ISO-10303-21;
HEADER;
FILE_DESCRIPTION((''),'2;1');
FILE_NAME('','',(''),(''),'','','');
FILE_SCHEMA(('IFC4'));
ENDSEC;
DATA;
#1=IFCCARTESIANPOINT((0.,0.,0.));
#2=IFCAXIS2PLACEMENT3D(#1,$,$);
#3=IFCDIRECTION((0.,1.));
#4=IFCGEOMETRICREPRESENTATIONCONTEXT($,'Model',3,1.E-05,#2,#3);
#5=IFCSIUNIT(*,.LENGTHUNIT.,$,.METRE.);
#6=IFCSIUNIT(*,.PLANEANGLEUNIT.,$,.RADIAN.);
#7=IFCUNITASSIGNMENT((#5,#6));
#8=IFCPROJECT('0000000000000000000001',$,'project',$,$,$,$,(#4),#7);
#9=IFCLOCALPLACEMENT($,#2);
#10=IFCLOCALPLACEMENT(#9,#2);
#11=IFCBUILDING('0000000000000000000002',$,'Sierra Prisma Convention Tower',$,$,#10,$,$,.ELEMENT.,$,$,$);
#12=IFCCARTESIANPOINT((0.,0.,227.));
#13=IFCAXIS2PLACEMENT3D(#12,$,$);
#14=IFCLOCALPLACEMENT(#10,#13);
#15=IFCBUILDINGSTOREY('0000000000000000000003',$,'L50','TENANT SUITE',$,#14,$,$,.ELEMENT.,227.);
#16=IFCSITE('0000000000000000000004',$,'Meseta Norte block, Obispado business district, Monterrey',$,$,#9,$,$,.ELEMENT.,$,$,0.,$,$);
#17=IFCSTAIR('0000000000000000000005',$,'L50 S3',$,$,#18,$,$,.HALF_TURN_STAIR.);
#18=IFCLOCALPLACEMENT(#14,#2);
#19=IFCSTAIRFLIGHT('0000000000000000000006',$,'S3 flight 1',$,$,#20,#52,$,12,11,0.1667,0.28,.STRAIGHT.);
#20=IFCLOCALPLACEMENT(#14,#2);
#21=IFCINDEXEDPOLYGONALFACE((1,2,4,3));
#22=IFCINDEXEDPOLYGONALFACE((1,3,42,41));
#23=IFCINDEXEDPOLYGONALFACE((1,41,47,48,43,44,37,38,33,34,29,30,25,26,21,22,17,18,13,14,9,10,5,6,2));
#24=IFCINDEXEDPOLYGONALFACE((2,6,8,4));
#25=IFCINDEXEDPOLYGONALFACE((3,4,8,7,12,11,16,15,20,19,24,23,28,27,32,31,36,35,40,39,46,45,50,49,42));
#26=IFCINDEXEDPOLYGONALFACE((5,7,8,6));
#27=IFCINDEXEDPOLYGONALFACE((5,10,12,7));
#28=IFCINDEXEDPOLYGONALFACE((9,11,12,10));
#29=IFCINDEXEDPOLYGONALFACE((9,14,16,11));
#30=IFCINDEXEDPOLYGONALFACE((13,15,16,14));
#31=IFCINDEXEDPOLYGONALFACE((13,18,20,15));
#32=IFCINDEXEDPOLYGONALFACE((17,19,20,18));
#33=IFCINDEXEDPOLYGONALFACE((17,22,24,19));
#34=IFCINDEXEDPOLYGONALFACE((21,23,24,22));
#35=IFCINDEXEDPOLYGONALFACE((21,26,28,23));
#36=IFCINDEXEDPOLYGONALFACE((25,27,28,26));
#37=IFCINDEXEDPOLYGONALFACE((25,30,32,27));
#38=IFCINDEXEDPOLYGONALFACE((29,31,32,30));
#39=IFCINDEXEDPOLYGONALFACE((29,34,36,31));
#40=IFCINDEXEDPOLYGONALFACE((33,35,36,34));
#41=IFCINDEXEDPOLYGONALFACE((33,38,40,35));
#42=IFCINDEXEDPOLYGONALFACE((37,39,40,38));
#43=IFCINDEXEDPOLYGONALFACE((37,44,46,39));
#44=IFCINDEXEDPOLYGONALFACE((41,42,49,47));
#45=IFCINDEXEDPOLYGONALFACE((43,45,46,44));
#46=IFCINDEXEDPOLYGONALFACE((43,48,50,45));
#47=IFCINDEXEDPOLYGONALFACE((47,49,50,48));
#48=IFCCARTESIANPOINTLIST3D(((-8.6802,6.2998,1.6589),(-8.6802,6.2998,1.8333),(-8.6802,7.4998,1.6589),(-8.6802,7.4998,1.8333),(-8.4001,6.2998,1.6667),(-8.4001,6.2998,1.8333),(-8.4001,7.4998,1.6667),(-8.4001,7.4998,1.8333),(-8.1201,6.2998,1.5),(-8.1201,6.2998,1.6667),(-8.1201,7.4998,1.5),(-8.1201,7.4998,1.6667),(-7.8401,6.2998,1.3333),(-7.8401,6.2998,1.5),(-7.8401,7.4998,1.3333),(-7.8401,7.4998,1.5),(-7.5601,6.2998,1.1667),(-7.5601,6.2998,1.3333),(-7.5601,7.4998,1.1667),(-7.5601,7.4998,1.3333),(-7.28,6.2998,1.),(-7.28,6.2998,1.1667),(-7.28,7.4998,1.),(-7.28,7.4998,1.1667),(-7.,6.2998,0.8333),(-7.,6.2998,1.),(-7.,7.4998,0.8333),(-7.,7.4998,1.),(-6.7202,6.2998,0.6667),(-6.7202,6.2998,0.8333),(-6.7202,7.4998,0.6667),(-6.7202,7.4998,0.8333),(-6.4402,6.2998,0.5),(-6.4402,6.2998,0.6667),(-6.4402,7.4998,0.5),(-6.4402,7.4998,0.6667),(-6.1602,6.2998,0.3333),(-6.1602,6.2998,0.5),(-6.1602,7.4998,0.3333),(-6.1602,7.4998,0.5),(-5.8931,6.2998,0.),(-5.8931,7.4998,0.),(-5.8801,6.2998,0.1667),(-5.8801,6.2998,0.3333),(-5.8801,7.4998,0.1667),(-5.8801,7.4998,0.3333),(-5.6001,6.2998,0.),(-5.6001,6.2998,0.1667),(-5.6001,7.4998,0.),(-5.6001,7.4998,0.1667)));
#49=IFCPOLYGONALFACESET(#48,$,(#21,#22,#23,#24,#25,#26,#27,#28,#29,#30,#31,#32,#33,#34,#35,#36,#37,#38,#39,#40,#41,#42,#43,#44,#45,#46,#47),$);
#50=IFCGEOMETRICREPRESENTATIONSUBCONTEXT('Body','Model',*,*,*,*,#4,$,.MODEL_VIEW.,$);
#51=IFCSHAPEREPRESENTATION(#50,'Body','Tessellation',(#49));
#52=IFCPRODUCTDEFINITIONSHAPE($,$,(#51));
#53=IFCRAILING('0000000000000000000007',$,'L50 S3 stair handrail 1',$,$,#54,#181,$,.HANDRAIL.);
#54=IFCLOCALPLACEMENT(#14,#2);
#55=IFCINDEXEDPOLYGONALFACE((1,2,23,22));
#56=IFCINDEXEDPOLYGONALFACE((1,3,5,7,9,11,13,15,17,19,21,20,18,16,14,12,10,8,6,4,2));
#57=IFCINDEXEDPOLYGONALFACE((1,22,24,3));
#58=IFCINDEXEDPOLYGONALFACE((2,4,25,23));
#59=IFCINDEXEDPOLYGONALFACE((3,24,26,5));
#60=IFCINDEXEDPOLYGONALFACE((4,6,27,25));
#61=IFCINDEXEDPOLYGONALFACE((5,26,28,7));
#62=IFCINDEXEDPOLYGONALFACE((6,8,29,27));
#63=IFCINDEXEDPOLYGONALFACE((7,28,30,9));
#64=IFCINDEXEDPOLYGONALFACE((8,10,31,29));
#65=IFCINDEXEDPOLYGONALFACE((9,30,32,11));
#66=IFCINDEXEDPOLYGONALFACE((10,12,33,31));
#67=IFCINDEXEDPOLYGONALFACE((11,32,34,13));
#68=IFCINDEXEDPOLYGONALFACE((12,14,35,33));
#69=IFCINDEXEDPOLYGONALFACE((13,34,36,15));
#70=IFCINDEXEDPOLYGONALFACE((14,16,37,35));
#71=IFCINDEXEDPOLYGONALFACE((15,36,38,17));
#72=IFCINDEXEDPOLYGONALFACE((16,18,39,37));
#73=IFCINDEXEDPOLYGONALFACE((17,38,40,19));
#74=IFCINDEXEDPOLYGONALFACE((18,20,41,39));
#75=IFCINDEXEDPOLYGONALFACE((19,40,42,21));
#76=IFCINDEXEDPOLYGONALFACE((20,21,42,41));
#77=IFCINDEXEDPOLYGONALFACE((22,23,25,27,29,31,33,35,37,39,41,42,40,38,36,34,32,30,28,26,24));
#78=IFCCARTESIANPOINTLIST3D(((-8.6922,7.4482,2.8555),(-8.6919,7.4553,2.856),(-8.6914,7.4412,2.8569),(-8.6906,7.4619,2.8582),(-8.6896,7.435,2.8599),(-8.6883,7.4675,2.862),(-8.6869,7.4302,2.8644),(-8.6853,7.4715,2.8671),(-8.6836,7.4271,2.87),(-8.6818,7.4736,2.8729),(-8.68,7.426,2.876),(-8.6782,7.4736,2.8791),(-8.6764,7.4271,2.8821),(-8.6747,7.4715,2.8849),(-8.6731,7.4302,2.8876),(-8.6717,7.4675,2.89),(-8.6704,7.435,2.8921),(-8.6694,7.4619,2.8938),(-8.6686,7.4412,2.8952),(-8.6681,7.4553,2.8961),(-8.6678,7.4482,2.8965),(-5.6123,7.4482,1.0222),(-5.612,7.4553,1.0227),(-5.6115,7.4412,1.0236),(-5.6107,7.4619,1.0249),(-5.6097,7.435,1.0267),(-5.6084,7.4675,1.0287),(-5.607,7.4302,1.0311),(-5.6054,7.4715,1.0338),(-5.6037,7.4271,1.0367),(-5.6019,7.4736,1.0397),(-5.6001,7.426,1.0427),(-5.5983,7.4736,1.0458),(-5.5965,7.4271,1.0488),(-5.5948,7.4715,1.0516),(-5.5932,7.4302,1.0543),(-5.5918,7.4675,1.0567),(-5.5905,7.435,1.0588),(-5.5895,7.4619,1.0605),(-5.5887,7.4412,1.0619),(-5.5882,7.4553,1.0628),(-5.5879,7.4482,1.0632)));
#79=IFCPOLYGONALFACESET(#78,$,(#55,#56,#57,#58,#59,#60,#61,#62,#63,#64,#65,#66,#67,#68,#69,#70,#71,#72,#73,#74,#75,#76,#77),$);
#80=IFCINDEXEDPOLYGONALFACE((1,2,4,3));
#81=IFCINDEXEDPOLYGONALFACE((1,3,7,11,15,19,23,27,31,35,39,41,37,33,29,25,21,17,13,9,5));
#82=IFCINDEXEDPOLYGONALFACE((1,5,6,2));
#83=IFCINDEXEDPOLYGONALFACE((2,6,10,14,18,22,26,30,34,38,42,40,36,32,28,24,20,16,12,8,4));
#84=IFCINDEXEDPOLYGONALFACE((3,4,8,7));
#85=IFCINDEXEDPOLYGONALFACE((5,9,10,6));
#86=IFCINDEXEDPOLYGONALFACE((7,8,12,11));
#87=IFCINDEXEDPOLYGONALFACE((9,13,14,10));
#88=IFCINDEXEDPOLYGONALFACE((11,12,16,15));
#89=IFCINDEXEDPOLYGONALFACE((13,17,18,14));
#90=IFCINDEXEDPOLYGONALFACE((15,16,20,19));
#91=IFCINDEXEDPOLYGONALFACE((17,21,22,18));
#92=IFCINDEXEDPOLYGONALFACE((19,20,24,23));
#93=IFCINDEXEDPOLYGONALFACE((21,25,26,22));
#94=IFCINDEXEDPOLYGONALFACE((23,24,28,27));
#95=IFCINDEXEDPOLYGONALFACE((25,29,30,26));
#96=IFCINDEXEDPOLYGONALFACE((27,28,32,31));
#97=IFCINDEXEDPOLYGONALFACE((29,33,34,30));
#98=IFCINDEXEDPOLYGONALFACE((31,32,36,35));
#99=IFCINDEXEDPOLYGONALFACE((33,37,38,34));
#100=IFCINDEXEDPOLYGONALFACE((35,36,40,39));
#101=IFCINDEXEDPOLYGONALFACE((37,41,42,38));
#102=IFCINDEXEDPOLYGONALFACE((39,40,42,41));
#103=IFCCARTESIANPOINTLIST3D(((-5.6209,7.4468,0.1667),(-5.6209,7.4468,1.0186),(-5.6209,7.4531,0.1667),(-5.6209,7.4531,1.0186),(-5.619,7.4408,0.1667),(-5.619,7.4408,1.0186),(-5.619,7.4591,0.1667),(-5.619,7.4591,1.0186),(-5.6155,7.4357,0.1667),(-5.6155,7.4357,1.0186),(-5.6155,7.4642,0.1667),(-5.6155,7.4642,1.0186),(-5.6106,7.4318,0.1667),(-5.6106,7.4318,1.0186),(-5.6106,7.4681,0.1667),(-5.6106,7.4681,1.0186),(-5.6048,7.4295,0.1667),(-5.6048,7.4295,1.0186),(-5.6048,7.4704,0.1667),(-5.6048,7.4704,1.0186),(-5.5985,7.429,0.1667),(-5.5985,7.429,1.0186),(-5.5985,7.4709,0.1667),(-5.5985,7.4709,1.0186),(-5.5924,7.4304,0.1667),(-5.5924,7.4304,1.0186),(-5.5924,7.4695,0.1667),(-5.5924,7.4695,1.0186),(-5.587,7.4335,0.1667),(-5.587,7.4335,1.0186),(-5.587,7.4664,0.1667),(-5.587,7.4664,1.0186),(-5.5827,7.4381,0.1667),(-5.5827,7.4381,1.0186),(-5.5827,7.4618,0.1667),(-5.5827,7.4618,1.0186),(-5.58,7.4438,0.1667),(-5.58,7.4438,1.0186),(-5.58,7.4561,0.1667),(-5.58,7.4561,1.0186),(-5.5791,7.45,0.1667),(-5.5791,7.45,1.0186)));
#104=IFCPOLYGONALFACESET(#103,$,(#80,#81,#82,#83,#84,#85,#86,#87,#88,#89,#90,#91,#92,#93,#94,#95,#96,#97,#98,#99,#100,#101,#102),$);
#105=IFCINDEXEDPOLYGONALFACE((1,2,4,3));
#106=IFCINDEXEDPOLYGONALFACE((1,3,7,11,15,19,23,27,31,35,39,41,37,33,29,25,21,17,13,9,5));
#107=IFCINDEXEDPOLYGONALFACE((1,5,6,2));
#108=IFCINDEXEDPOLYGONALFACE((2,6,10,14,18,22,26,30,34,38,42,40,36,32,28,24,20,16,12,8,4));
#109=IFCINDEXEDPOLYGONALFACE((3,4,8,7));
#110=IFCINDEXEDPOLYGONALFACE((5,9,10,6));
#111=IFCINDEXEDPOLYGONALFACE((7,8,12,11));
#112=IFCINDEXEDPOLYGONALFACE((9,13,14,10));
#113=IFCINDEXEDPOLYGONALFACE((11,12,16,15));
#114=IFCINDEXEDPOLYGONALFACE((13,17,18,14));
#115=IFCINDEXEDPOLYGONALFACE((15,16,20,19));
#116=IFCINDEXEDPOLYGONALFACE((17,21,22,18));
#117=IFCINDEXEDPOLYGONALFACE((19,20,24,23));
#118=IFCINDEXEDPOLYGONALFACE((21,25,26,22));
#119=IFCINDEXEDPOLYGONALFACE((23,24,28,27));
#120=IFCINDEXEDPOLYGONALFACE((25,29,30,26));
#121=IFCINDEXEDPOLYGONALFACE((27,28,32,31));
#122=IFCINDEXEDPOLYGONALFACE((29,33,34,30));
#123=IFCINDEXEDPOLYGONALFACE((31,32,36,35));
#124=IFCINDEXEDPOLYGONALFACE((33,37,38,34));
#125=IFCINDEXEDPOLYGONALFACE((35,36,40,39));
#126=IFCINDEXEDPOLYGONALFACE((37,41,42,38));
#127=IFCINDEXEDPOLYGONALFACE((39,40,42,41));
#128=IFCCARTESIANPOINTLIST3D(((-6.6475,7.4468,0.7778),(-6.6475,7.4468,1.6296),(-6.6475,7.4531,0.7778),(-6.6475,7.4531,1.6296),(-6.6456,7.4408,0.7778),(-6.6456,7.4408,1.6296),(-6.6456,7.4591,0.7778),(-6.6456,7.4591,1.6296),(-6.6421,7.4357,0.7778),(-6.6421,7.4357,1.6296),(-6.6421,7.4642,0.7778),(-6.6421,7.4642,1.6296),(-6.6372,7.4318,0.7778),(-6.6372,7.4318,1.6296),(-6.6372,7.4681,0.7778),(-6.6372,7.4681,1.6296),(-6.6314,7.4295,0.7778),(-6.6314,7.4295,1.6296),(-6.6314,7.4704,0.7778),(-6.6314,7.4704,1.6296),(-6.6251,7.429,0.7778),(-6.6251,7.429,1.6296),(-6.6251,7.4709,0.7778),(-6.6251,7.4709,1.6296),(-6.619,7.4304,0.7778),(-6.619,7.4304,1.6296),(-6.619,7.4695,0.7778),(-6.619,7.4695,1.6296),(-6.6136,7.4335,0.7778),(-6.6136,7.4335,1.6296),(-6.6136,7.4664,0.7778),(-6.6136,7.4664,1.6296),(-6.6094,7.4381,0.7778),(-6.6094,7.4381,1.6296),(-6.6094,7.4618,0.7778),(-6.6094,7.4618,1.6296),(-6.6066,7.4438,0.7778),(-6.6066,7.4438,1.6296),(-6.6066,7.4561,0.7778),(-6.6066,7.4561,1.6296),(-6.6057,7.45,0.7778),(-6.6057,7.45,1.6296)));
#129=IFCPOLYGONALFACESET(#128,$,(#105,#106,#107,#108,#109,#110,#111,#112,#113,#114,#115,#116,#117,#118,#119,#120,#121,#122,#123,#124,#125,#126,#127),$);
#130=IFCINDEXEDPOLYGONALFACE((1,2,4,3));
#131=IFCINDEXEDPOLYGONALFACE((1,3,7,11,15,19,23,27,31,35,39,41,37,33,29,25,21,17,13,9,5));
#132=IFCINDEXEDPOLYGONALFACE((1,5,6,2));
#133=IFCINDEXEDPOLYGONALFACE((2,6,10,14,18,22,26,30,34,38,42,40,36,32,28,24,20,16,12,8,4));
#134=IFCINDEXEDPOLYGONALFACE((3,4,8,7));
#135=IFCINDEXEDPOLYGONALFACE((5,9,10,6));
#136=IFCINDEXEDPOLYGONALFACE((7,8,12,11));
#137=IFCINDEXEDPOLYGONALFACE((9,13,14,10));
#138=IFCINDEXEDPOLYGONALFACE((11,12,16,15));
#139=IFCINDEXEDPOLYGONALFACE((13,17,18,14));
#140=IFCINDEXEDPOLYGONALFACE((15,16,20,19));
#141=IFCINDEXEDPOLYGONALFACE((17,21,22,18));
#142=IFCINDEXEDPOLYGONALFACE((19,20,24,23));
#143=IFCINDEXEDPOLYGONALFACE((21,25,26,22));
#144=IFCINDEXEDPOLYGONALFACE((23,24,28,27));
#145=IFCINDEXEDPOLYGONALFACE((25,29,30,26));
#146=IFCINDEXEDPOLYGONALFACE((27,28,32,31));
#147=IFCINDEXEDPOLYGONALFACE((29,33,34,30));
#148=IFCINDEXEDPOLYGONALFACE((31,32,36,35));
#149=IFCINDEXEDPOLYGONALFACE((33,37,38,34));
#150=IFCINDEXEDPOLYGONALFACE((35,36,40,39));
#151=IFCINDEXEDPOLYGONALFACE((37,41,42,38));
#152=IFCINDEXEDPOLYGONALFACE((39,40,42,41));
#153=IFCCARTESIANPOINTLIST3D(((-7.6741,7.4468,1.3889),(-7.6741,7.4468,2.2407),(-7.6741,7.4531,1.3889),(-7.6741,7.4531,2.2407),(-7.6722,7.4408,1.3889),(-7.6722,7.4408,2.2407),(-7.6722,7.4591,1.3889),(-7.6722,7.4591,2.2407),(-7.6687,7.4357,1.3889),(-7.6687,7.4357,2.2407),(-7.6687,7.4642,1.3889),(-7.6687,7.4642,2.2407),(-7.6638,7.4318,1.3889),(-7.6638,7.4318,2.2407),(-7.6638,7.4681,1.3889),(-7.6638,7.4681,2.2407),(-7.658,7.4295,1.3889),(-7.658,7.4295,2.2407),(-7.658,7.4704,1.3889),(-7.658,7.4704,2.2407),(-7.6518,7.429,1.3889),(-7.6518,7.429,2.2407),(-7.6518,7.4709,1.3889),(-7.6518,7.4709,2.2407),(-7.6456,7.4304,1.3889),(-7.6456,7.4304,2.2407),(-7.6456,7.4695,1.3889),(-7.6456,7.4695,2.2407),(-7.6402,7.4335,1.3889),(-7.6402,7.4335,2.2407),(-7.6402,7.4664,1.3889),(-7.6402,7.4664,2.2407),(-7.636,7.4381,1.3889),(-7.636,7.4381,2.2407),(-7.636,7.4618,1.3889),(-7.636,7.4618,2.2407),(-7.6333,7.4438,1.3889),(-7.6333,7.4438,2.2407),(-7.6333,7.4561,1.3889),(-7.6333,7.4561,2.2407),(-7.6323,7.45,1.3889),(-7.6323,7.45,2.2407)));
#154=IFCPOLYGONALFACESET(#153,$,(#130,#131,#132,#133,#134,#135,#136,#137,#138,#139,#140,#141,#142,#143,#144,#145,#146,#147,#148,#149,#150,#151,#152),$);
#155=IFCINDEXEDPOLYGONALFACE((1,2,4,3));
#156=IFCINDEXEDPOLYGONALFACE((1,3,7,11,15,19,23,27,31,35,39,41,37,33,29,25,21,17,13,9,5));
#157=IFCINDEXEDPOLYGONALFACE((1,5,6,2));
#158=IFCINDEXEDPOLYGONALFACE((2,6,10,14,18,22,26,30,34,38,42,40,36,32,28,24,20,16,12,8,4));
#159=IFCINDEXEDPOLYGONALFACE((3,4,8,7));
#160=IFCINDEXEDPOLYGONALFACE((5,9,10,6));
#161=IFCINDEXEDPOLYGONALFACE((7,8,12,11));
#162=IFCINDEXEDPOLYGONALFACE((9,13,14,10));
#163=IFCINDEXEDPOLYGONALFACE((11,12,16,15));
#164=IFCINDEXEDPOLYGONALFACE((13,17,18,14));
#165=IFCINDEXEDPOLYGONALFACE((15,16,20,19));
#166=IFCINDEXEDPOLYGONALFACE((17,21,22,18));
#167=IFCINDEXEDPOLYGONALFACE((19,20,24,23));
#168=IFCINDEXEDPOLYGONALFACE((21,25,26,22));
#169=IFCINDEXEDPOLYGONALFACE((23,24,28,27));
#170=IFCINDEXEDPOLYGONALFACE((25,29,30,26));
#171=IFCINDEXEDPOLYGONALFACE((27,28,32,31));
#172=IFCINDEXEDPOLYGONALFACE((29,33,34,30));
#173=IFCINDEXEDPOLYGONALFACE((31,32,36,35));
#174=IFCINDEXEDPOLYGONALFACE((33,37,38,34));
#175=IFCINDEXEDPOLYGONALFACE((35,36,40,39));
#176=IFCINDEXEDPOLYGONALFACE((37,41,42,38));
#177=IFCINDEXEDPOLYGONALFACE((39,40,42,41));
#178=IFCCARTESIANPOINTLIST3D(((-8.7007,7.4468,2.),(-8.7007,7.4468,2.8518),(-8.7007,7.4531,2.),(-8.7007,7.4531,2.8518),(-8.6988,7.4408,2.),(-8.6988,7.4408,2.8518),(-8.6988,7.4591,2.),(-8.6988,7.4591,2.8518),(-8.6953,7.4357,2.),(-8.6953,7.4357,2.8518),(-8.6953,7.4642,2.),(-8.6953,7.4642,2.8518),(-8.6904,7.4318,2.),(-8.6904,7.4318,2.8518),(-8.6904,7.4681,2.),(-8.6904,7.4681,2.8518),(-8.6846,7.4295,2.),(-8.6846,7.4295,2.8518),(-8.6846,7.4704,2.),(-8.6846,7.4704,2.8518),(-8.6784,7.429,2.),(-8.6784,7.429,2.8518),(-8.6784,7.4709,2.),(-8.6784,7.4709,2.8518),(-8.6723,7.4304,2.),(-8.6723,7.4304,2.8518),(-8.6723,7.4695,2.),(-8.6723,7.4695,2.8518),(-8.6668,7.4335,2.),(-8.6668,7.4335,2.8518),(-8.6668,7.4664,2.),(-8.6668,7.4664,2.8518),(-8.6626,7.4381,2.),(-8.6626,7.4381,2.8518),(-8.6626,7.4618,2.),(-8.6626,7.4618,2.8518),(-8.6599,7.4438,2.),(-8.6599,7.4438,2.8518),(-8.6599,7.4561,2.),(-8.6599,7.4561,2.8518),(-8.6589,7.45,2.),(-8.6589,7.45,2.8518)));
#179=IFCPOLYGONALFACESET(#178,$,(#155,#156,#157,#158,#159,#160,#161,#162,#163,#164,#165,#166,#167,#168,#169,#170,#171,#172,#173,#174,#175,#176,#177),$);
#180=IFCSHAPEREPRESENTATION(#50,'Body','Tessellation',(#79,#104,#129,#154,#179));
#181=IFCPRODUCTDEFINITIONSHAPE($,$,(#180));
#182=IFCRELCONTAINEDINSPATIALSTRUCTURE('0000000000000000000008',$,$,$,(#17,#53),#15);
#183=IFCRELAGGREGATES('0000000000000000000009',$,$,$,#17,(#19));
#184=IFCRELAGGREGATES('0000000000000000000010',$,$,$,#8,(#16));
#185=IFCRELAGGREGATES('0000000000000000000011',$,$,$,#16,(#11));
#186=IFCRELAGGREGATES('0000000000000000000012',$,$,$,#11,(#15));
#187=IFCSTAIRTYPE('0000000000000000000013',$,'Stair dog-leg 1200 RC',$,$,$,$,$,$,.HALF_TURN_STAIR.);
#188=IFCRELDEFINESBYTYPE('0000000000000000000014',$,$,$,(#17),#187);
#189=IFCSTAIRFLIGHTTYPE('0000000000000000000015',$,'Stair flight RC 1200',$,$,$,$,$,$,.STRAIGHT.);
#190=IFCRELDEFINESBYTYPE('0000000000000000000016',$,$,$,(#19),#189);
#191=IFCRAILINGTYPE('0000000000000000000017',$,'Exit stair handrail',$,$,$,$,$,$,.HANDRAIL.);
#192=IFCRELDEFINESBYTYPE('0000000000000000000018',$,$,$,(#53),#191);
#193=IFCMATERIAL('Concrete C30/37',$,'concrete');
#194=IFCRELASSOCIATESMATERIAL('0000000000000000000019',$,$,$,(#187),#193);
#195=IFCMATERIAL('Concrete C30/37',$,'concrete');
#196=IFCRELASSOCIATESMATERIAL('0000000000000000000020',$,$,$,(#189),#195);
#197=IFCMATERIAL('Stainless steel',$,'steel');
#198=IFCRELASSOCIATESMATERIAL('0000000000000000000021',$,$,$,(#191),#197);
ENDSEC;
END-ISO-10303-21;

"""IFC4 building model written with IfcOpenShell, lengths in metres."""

from ifc_helpers import new_model, si_unit, direction, frame, origin, origin_2d, place, context, subcontext, project, spatial, polyline, circle, outline, extrude, material, type_object, element, aggregate, save


model = new_model("IFC4")

# Units and contexts
model_context = context("Model", 3, precision=1e-05, world=origin(), true_north=direction((0.0, 1.0)))
body_context = subcontext(model_context, "Body", "Model", "MODEL_VIEW")
ifc_project = project(units=[si_unit("LENGTHUNIT", "METRE"), si_unit("PLANEANGLEUNIT", "RADIAN")], contexts=[model_context])

# Site, building, storey
site_placement = place(None, origin())
site = spatial("IfcSite", under=ifc_project, at=site_placement, Name="Meseta Norte block, Obispado business district, Monterrey", CompositionType="ELEMENT", RefElevation=0.0)
building_placement = place(site_placement, origin())
building = spatial("IfcBuilding", under=site, at=building_placement, Name="Sierra Prisma Convention Tower", CompositionType="ELEMENT")
storey_placement = place(building_placement, frame((0.0, 0.0, 227.0)))
storey = spatial("IfcBuildingStorey", under=building, at=storey_placement, Name="L50", Description="TENANT SUITE", CompositionType="ELEMENT", Elevation=227.0)

# Stair, stair flight
ifc_material_1 = material(Name="Concrete C30/37", Category="concrete")
stair_type = type_object("IfcStairType", Name="Stair dog-leg 1200 RC", PredefinedType="HALF_TURN_STAIR", material=ifc_material_1)
stair_placement = place(storey_placement, origin())
stair = element("IfcStair", 1, at=stair_placement, inside=storey, type_object=stair_type, Name="L50 S3", PredefinedType="HALF_TURN_STAIR")
ifc_material_2 = material(Name="Concrete C30/37", Category="concrete")
stair_flight_type = type_object("IfcStairFlightType", Name="Stair flight RC 1200", PredefinedType="STRAIGHT", material=ifc_material_2)
stair_flight_placement = place(storey_placement, frame((-5.6001, 6.8999, 0.0), z_axis=(0.0, 0.0, 1.0), x_axis=(-1.0, 0.0, 0.0)))
stair_flight = element("IfcStairFlight", 2, at=stair_flight_placement, type_object=stair_flight_type, Name="S3 flight 1", NumberOfRisers=12, NumberOfTreads=11, PredefinedType="STRAIGHT", RiserHeight=0.1667, TreadLength=0.28, context=body_context, shape_type="SweptSolid", body=[
    extrude(outline(polyline([(0.0, 0.0), (0.0, 0.1667), (0.28, 0.1667), (0.28, 0.3333), (0.5601, 0.3333), (0.5601, 0.5), (0.8401, 0.5), (0.8401, 0.6667), (1.1201, 0.6667), (1.1201, 0.8333), (1.3999, 0.8333), (1.3999, 1.0), (1.6799, 1.0), (1.6799, 1.1667), (1.96, 1.1667), (1.96, 1.3333), (2.24, 1.3333), (2.24, 1.5), (2.52, 1.5), (2.52, 1.6667), (2.8, 1.6667), (2.8, 1.8333), (3.0801, 1.8333), (3.0801, 2.0), (3.0801, 1.6589), (0.293, 0.0), (0.0, 0.0)])), frame((0.0, 0.6001, 0.0), z_axis=(0.0, -1.0, 0.0), x_axis=(1.0, 0.0, 0.0)), (0.0, 0.0, 1.0), 1.2),
])
aggregate(stair, [stair_flight])

# Railing
ifc_material_3 = material(Name="Stainless steel", Category="steel")
railing_type_1 = type_object("IfcRailingType", Name="Exit stair handrail", PredefinedType="HANDRAIL", material=ifc_material_3)
railing_1_placement = place(storey_placement, frame((-5.6001, 7.45, 0.1667)))
element("IfcRailing", 3, at=railing_1_placement, inside=storey, type_object=railing_type_1, Name="L50 S3 stair handrail 1", PredefinedType="HANDRAIL", context=body_context, shape_type="SweptSolid", body=[
    extrude(circle(Radius=0.0239, at=origin_2d()), frame((0.0, 0.0, 0.876), z_axis=(-0.859291, 0.0, 0.511487), x_axis=(0.0, -1.0, 0.0)), (0.0, 0.0, 1.0), 3.5842),
    extrude(circle(Radius=0.021, at=origin_2d()), origin(), (0.0, 0.0, 1.0), 0.8518),
    extrude(circle(Radius=0.021, at=origin_2d()), frame((-1.0266, 0.0, 0.6111)), (0.0, 0.0, 1.0), 0.8518),
    extrude(circle(Radius=0.021, at=origin_2d()), frame((-2.0532, 0.0, 1.2222)), (0.0, 0.0, 1.0), 0.8518),
    extrude(circle(Radius=0.021, at=origin_2d()), frame((-3.0798, 0.0, 1.8333)), (0.0, 0.0, 1.0), 0.8518),
])

save(model, "model.ifc")
